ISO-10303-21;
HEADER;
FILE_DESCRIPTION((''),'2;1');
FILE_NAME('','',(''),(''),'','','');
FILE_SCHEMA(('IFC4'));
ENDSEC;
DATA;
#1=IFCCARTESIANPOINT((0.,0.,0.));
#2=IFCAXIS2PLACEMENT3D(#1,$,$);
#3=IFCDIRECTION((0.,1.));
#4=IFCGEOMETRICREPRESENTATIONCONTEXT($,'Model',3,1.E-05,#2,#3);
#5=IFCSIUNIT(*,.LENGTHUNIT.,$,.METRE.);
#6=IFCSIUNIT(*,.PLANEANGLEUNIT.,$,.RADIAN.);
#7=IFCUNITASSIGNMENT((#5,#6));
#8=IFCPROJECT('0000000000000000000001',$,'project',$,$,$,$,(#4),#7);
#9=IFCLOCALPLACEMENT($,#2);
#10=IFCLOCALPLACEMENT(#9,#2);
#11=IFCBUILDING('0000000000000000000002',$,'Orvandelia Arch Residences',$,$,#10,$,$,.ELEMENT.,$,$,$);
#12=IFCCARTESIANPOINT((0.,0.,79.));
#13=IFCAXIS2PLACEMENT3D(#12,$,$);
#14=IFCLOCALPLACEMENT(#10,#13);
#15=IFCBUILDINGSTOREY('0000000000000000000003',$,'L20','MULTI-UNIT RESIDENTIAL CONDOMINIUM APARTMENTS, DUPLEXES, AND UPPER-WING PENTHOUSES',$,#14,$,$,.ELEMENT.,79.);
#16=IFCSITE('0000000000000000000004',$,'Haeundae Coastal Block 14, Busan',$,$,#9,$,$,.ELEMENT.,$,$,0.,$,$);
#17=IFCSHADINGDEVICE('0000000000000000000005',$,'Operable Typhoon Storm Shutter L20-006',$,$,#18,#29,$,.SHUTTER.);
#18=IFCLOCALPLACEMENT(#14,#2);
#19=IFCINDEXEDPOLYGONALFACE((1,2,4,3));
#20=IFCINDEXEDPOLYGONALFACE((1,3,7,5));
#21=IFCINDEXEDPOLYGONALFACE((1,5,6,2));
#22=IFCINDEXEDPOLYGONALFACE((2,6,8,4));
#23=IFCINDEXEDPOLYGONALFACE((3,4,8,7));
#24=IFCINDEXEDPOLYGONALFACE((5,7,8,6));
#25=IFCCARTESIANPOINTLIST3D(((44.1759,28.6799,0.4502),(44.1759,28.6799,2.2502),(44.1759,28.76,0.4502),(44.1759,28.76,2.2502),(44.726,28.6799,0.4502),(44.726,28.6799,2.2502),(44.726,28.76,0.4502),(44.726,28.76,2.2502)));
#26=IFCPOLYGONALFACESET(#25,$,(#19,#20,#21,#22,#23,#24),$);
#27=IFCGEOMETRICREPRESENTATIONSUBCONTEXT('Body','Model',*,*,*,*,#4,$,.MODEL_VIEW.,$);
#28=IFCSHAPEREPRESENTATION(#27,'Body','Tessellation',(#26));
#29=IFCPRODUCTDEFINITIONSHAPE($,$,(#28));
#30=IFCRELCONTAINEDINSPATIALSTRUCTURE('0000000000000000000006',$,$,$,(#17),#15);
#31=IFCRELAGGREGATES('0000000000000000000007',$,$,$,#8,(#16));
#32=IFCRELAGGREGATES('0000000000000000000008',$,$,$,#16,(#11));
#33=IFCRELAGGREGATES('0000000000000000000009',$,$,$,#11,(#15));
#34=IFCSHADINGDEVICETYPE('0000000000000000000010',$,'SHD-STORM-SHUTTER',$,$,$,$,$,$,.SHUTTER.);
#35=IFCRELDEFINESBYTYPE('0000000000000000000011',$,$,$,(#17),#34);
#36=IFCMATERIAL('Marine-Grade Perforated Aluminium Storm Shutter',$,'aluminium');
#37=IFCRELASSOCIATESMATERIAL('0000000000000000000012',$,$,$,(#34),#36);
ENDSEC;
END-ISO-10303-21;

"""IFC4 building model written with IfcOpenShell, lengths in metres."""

from ifc_helpers import new_model, si_unit, direction, frame, origin, origin_2d, place, context, subcontext, project, spatial, rectangle, extrude, material, type_object, element, save


model = new_model("IFC4")

# Units and contexts
model_context = context("Model", 3, precision=1e-05, world=origin(), true_north=direction((0.0, 1.0)))
body_context = subcontext(model_context, "Body", "Model", "MODEL_VIEW")
ifc_project = project(units=[si_unit("LENGTHUNIT", "METRE"), si_unit("PLANEANGLEUNIT", "RADIAN")], contexts=[model_context])

# Site, building, storey
site_placement = place(None, origin())
site = spatial("IfcSite", under=ifc_project, at=site_placement, Name="Haeundae Coastal Block 14, Busan", CompositionType="ELEMENT", RefElevation=0.0)
building_placement = place(site_placement, origin())
building = spatial("IfcBuilding", under=site, at=building_placement, Name="Orvandelia Arch Residences", CompositionType="ELEMENT")
storey_placement = place(building_placement, frame((0.0, 0.0, 79.0)))
storey = spatial("IfcBuildingStorey", under=building, at=storey_placement, Name="L20", Description="MULTI-UNIT RESIDENTIAL CONDOMINIUM APARTMENTS, DUPLEXES, AND UPPER-WING PENTHOUSES", CompositionType="ELEMENT", Elevation=79.0)

# Shading device
ifc_material_1 = material(Name="Marine-Grade Perforated Aluminium Storm Shutter", Category="aluminium")
shading_device_type_1 = type_object("IfcShadingDeviceType", Name="SHD-STORM-SHUTTER", PredefinedType="SHUTTER", material=ifc_material_1)
shading_device_1_placement = place(storey_placement, frame((44.4509, 28.72, 0.4502), z_axis=(0.0, 0.0, 1.0), x_axis=(-1.0, 0.0, 0.0)))
element("IfcShadingDevice", 1, at=shading_device_1_placement, inside=storey, type_object=shading_device_type_1, Name="Operable Typhoon Storm Shutter L20-006", PredefinedType="SHUTTER", context=body_context, shape_type="SweptSolid", body=[
    extrude(rectangle(XDim=0.55, YDim=0.0801, at=origin_2d()), origin(), (0.0, 0.0, 1.0), 1.8),
])

save(model, "model.ifc")
